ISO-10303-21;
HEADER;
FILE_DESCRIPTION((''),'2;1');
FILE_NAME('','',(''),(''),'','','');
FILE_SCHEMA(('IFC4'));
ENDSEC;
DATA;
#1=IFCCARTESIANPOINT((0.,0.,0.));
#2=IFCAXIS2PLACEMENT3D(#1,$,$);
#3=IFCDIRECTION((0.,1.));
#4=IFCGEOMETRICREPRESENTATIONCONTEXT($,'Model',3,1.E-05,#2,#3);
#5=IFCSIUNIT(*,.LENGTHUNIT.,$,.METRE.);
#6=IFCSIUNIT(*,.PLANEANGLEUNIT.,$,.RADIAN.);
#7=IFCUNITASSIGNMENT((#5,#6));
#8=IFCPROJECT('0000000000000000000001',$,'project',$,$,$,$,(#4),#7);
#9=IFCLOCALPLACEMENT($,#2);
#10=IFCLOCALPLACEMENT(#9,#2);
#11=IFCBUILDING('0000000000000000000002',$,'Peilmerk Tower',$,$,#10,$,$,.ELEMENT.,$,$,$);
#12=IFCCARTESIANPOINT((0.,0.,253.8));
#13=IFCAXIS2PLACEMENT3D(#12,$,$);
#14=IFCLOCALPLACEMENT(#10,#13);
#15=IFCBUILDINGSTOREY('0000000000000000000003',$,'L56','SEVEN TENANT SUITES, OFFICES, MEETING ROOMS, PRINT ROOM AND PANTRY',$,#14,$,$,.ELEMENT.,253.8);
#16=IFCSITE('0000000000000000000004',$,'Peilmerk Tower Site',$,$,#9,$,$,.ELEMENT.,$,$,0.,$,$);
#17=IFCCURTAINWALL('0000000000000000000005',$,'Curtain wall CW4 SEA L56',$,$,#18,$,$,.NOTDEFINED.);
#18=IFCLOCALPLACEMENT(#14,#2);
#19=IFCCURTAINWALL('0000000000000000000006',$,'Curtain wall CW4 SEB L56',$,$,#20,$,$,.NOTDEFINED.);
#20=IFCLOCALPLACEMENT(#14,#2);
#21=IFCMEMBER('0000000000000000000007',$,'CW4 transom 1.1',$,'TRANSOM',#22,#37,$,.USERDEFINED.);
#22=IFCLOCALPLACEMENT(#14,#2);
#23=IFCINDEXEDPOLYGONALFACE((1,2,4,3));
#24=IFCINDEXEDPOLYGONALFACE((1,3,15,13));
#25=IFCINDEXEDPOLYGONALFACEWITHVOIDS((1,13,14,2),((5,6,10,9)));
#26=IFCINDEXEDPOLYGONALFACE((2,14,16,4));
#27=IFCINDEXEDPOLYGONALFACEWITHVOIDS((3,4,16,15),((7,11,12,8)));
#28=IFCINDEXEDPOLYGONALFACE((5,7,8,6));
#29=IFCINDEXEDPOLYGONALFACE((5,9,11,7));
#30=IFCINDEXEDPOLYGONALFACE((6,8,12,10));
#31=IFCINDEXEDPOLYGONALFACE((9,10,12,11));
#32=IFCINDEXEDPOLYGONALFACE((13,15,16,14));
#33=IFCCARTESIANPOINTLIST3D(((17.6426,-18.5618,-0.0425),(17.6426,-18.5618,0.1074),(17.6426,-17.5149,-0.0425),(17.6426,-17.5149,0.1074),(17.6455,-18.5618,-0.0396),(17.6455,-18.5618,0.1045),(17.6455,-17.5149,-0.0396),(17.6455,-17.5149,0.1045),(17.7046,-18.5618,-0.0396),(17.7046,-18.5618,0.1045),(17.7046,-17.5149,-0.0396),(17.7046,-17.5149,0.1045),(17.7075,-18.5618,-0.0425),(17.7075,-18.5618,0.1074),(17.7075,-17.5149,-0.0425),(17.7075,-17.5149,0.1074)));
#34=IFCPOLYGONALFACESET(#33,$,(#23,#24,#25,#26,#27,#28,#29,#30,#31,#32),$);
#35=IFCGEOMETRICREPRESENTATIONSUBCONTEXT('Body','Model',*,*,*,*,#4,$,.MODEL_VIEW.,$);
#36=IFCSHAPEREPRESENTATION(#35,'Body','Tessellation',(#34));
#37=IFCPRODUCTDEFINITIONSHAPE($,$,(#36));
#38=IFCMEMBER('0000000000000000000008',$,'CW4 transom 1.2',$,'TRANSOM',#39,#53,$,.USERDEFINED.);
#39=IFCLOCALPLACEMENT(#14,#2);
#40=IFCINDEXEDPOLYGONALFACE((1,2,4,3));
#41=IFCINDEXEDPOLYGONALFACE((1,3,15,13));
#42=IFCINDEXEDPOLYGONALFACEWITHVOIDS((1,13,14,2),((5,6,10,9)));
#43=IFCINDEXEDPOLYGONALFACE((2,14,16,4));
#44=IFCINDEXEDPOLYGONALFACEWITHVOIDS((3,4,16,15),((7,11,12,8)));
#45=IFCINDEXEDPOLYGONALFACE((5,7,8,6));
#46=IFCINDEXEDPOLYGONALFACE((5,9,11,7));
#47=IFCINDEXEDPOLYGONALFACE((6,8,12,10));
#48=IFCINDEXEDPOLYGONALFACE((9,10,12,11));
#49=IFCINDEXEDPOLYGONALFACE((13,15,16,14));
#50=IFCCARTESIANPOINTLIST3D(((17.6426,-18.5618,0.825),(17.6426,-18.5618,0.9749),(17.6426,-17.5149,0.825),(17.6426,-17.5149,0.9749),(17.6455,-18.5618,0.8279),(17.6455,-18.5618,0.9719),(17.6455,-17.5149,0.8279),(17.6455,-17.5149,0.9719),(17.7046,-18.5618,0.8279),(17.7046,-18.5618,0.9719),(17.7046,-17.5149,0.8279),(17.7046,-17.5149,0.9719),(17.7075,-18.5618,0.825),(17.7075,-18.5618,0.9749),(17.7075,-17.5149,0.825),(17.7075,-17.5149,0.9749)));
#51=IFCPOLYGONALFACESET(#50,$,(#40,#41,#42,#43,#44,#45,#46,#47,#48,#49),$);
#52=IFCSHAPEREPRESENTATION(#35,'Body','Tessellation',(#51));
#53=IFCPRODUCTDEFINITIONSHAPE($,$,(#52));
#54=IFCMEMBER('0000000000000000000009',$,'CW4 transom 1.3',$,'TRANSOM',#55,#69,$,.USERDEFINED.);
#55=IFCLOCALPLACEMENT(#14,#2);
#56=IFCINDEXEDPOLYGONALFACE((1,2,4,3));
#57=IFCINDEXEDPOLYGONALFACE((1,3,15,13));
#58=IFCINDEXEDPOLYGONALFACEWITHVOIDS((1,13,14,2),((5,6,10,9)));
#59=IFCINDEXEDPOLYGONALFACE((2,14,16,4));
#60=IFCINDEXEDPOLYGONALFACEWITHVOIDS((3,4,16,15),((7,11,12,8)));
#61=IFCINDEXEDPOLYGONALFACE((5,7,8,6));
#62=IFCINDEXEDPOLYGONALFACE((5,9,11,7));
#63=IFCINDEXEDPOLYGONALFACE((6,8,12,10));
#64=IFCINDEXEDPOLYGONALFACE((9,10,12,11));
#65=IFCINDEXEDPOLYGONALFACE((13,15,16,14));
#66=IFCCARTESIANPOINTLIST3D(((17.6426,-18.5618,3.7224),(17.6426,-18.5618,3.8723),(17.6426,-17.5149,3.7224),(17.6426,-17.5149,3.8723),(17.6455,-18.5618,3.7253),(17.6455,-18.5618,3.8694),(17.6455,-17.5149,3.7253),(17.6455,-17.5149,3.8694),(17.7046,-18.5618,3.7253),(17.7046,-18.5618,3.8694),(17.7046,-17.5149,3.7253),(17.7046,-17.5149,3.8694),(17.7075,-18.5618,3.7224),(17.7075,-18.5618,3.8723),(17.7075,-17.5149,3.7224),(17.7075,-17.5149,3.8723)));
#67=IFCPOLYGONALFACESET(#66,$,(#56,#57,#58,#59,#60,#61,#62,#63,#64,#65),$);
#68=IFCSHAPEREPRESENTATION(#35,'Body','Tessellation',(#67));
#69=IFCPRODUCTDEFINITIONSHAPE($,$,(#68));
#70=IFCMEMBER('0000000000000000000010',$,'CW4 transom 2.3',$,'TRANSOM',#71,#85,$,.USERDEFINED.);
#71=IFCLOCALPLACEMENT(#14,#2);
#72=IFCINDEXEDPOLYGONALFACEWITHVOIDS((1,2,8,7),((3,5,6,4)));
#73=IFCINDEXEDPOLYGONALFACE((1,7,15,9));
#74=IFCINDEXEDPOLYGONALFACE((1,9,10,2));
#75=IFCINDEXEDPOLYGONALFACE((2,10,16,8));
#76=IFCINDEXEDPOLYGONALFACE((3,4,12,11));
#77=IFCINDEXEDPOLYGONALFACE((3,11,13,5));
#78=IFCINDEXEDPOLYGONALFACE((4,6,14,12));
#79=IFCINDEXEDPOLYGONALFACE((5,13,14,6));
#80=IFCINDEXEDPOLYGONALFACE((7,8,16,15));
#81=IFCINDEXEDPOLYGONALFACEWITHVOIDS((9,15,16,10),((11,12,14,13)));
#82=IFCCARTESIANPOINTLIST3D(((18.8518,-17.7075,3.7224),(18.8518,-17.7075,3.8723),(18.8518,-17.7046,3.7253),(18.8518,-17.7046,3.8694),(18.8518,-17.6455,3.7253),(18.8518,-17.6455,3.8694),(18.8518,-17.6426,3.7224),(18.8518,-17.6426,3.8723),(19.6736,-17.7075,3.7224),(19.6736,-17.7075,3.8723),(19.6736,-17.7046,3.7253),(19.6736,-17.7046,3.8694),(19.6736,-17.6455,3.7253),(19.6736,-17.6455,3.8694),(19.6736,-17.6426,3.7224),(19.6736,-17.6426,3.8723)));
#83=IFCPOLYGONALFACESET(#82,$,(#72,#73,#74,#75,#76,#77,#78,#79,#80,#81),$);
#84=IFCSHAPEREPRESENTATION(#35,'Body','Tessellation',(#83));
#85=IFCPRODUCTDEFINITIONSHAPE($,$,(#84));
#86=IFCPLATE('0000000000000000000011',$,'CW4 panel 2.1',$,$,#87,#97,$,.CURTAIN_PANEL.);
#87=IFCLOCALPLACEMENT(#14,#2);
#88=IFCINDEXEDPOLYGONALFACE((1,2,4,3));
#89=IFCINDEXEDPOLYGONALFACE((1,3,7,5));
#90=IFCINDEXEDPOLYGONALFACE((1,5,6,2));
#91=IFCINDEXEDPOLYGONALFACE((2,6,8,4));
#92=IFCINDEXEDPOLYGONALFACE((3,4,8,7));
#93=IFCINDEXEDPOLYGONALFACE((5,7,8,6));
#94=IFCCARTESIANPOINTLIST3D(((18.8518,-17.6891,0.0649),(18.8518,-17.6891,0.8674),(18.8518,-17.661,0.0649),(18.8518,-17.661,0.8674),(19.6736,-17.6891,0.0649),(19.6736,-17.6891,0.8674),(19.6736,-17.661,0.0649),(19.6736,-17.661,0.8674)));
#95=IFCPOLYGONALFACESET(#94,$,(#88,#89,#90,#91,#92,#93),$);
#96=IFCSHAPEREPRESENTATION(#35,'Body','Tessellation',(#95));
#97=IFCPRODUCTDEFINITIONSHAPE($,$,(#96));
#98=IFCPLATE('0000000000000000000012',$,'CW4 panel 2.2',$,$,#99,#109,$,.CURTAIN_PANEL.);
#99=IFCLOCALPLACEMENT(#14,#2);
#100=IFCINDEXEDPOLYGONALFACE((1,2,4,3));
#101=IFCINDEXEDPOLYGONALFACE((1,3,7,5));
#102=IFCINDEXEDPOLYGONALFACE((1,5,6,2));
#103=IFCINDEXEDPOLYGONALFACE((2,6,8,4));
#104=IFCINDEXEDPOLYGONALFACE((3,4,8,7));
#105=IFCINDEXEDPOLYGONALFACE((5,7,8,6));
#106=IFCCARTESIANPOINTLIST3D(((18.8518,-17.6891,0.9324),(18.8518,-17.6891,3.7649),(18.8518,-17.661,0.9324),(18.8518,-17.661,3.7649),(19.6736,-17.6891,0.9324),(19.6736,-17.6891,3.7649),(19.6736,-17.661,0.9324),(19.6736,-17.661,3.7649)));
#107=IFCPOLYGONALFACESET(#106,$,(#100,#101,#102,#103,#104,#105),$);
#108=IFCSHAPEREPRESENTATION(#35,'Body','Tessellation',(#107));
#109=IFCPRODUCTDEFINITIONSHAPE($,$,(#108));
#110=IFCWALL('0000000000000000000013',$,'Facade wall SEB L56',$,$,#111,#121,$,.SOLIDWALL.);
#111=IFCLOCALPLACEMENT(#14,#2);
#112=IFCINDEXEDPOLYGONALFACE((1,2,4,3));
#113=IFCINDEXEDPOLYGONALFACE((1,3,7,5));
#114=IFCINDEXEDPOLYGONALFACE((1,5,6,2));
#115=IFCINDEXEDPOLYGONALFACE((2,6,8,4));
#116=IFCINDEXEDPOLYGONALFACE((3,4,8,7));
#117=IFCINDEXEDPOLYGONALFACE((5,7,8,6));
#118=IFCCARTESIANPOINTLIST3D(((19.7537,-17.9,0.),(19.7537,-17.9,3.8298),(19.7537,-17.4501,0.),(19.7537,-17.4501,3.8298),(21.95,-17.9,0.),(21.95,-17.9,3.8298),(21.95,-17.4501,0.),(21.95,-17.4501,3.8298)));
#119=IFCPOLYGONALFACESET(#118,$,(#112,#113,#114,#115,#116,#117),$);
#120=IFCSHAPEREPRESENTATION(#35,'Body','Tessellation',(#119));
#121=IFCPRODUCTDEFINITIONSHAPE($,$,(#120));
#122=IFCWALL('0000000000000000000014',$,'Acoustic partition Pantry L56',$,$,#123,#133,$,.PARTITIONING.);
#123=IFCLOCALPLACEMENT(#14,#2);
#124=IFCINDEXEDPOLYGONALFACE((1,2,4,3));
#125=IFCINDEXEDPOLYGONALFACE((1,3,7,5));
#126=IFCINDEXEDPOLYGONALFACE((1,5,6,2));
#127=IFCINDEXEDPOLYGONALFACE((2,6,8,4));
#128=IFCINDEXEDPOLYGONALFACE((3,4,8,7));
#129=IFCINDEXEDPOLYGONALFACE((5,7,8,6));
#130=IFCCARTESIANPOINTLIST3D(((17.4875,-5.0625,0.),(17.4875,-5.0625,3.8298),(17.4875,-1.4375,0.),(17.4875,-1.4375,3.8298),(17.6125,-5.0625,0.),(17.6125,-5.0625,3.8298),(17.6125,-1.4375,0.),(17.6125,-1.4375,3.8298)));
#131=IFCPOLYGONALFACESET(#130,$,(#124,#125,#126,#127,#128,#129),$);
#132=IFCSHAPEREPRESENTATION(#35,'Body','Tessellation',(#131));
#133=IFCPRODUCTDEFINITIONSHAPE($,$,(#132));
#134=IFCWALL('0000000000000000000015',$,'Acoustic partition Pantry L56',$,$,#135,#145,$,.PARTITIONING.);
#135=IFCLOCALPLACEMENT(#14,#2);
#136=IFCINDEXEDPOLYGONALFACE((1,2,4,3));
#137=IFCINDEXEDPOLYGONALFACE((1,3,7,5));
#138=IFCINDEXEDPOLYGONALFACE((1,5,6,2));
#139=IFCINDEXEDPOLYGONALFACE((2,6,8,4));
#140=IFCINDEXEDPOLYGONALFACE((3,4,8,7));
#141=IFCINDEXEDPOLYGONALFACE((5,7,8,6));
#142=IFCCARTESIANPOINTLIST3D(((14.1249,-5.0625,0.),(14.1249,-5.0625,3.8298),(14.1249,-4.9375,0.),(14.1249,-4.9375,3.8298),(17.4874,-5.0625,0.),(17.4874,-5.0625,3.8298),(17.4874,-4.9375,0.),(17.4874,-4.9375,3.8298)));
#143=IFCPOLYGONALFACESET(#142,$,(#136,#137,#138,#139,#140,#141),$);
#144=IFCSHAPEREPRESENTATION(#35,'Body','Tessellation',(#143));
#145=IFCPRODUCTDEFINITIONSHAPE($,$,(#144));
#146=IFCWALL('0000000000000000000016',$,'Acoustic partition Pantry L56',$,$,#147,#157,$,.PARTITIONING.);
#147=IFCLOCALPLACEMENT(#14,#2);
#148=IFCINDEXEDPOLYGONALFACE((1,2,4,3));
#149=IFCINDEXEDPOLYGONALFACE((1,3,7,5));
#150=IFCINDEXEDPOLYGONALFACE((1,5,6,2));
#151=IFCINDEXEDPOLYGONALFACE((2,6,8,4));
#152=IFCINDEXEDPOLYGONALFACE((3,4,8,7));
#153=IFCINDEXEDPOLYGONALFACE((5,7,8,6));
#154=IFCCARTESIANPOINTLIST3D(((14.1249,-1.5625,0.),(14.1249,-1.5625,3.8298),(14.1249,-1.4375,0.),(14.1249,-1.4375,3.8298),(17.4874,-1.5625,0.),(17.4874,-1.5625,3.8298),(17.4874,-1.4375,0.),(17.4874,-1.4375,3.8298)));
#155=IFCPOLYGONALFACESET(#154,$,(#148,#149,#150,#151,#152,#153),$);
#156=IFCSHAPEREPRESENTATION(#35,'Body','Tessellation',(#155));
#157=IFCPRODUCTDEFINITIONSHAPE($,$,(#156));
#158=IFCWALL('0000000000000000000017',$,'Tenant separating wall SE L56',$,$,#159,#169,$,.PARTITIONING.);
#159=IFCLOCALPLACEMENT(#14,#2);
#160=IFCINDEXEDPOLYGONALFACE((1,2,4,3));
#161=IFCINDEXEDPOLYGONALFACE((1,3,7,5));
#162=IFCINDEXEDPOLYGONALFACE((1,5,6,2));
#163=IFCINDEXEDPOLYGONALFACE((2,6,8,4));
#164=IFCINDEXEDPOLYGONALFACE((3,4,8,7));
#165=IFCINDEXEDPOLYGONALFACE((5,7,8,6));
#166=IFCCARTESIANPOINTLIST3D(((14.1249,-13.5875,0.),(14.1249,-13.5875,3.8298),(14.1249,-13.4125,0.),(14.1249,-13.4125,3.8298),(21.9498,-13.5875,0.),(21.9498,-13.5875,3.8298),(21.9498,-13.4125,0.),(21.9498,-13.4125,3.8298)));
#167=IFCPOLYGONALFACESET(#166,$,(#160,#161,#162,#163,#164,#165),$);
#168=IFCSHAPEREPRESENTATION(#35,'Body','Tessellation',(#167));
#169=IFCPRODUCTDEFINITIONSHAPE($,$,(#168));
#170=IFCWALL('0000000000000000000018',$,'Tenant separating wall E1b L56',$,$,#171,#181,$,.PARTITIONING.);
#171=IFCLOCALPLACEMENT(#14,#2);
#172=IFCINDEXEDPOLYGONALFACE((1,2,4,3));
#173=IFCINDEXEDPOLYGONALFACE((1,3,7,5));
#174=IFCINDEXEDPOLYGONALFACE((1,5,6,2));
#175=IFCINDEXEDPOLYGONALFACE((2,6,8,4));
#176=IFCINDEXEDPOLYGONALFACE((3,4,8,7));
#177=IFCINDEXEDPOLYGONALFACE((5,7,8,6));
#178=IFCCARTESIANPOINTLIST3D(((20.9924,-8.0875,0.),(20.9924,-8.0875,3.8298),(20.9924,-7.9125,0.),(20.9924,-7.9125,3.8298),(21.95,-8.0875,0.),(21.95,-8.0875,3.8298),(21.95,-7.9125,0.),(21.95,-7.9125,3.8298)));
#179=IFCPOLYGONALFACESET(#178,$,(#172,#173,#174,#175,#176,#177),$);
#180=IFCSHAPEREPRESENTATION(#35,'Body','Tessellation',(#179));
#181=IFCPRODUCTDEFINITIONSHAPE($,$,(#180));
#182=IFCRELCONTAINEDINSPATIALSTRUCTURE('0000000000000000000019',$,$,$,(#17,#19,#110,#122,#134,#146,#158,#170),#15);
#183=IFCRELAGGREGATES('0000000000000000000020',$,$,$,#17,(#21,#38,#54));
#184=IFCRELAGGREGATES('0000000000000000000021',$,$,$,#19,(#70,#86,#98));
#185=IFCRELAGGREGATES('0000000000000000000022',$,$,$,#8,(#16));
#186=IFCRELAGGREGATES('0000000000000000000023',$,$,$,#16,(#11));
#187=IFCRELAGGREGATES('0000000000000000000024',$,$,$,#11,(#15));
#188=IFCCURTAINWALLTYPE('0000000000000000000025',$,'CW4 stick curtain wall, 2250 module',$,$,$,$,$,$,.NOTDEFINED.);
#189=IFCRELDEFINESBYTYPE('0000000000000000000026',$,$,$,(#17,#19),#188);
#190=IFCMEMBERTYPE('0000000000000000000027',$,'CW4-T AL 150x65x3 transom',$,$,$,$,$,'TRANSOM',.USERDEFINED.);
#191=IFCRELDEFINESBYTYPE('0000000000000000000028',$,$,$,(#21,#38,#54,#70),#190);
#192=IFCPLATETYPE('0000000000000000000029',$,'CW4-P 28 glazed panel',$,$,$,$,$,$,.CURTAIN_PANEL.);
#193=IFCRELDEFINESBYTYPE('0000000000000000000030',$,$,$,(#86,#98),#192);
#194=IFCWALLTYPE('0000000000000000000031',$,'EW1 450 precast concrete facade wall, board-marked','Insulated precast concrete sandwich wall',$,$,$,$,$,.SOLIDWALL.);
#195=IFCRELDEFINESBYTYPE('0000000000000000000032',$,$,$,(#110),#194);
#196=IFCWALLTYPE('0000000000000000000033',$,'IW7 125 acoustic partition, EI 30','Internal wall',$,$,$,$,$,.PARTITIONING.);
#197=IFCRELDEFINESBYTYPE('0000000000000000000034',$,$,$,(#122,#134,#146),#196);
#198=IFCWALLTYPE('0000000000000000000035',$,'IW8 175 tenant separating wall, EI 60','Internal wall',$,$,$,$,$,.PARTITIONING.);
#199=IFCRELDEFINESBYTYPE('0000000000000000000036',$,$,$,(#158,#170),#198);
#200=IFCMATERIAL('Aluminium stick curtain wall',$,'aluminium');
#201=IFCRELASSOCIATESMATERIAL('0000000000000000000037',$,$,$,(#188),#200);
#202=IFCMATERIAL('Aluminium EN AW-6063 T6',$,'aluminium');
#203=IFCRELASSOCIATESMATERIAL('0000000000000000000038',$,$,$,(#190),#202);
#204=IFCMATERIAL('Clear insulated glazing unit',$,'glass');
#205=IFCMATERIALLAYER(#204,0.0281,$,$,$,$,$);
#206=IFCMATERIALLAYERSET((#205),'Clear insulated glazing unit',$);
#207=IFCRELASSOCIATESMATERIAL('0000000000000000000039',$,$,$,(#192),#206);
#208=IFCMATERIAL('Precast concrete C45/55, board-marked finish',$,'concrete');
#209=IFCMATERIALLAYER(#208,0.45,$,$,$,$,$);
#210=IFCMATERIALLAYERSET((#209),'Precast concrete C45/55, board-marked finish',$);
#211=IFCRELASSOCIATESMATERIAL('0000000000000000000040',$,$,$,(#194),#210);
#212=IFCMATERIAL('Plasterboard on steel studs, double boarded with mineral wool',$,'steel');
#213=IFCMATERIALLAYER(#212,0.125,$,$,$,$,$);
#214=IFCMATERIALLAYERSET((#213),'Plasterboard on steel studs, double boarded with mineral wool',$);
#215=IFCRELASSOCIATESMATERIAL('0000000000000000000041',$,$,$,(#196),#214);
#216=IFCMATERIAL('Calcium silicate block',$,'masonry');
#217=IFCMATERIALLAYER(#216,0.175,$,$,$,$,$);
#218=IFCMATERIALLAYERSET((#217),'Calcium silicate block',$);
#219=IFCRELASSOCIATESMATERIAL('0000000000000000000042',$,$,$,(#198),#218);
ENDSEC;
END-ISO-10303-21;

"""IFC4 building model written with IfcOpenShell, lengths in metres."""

from ifc_helpers import new_model, si_unit, direction, frame, frame_2d, origin, origin_2d, place, context, subcontext, project, spatial, rectangle, hollow_rectangle, extrude, material, layer, layer_set, material_profile, profile_set, type_object, element, aggregate, save


model = new_model("IFC4")

# Units and contexts
model_context = context("Model", 3, precision=1e-05, world=origin(), true_north=direction((0.0, 1.0)))
body_context = subcontext(model_context, "Body", "Model", "MODEL_VIEW")
ifc_project = project(units=[si_unit("LENGTHUNIT", "METRE"), si_unit("PLANEANGLEUNIT", "RADIAN")], contexts=[model_context])

# Site, building, storey
site_placement = place(None, origin())
site = spatial("IfcSite", under=ifc_project, at=site_placement, Name="Peilmerk Tower Site", CompositionType="ELEMENT", RefElevation=0.0)
building_placement = place(site_placement, origin())
building = spatial("IfcBuilding", under=site, at=building_placement, Name="Peilmerk Tower", CompositionType="ELEMENT")
storey_placement = place(building_placement, frame((0.0, 0.0, 253.8)))
storey = spatial("IfcBuildingStorey", under=building, at=storey_placement, Name="L56", Description="SEVEN TENANT SUITES, OFFICES, MEETING ROOMS, PRINT ROOM AND PANTRY", CompositionType="ELEMENT", Elevation=253.8)

# Curtain walls
ifc_material_1 = material(Name="Aluminium stick curtain wall", Category="aluminium")
curtain_wall_type = type_object("IfcCurtainWallType", Name="CW4 stick curtain wall, 2250 module", PredefinedType="NOTDEFINED", material=ifc_material_1)
curtain_wall_1_placement = place(storey_placement, origin())
curtain_wall_1 = element("IfcCurtainWall", 1, at=curtain_wall_1_placement, inside=storey, type_object=curtain_wall_type, Name="Curtain wall CW4 SEA L56", PredefinedType="NOTDEFINED")
ifc_material_2 = material(Name="Aluminium EN AW-6063 T6", Category="aluminium")
curtain_wall_2_placement = place(storey_placement, origin())
curtain_wall_2 = element("IfcCurtainWall", 2, at=curtain_wall_2_placement, inside=storey, type_object=curtain_wall_type, Name="Curtain wall CW4 SEB L56", PredefinedType="NOTDEFINED")

# Members
ifc_material_profile_1 = material_profile(ifc_material_2, hollow_rectangle(XDim=0.0649, YDim=0.1499, WallThickness=0.0029, at=origin_2d()), Name="AL 150x65x3")
ifc_profile_set_1 = profile_set([ifc_material_profile_1], Name="Aluminium EN AW-6063 T6")
member_type_1 = type_object("IfcMemberType", Name="CW4-T AL 150x65x3 transom", ElementType="TRANSOM", PredefinedType="USERDEFINED", material=ifc_profile_set_1)
member_1_placement = place(storey_placement, frame((17.675, -17.5149, 0.0325), z_axis=(0.0, -1.0, 0.0), x_axis=(1.0, 0.0, 0.0)))
member_1 = element("IfcMember", 3, at=member_1_placement, type_object=member_type_1, Name="CW4 transom 1.1", ObjectType="TRANSOM", PredefinedType="USERDEFINED", context=body_context, shape_type="SweptSolid", body=[
    extrude(hollow_rectangle(XDim=0.0649, YDim=0.1499, WallThickness=0.0029, at=origin_2d()), origin(), (0.0, 0.0, 1.0), 1.0469),
])
member_2_placement = place(storey_placement, frame((17.675, -17.5149, 0.8999), z_axis=(0.0, -1.0, 0.0), x_axis=(1.0, 0.0, 0.0)))
member_2 = element("IfcMember", 4, at=member_2_placement, type_object=member_type_1, Name="CW4 transom 1.2", ObjectType="TRANSOM", PredefinedType="USERDEFINED", context=body_context, shape_type="SweptSolid", body=[
    extrude(hollow_rectangle(XDim=0.0649, YDim=0.1499, WallThickness=0.0029, at=origin_2d()), origin(), (0.0, 0.0, 1.0), 1.0469),
])
member_3_placement = place(storey_placement, frame((17.675, -17.5149, 3.7974), z_axis=(0.0, -1.0, 0.0), x_axis=(1.0, 0.0, 0.0)))
member_3 = element("IfcMember", 5, at=member_3_placement, type_object=member_type_1, Name="CW4 transom 1.3", ObjectType="TRANSOM", PredefinedType="USERDEFINED", context=body_context, shape_type="SweptSolid", body=[
    extrude(hollow_rectangle(XDim=0.0649, YDim=0.1499, WallThickness=0.0029, at=origin_2d()), origin(), (0.0, 0.0, 1.0), 1.0469),
])
aggregate(curtain_wall_1, [member_1, member_2, member_3])
member_4_placement = place(storey_placement, frame((18.8518, -17.675, 3.7974), z_axis=(1.0, 0.0, 0.0), x_axis=(0.0, 1.0, 0.0)))
member_4 = element("IfcMember", 6, at=member_4_placement, type_object=member_type_1, Name="CW4 transom 2.3", ObjectType="TRANSOM", PredefinedType="USERDEFINED", context=body_context, shape_type="SweptSolid", body=[
    extrude(hollow_rectangle(XDim=0.0649, YDim=0.1499, WallThickness=0.0029, at=origin_2d()), origin(), (0.0, 0.0, 1.0), 0.8218),
])

# Plates
ifc_material_3 = material(Name="Clear insulated glazing unit", Category="glass")
ifc_layer_1 = layer(ifc_material_3, 0.0281)
ifc_layer_set_1 = layer_set([ifc_layer_1], Name="Clear insulated glazing unit")
plate_type = type_object("IfcPlateType", Name="CW4-P 28 glazed panel", PredefinedType="CURTAIN_PANEL", material=ifc_layer_set_1)
plate_1_placement = place(storey_placement, frame((19.2627, -17.675, 0.0649), z_axis=(0.0, 0.0, 1.0), x_axis=(1.0, 0.0, 0.0)))
plate_1 = element("IfcPlate", 7, at=plate_1_placement, type_object=plate_type, Name="CW4 panel 2.1", PredefinedType="CURTAIN_PANEL", context=body_context, shape_type="SweptSolid", body=[
    extrude(rectangle(XDim=0.8218, YDim=0.0281, at=origin_2d()), origin(), (0.0, 0.0, 1.0), 0.8025),
])
plate_2_placement = place(storey_placement, frame((19.2627, -17.675, 0.9324), z_axis=(0.0, 0.0, 1.0), x_axis=(1.0, 0.0, 0.0)))
plate_2 = element("IfcPlate", 8, at=plate_2_placement, type_object=plate_type, Name="CW4 panel 2.2", PredefinedType="CURTAIN_PANEL", context=body_context, shape_type="SweptSolid", body=[
    extrude(rectangle(XDim=0.8218, YDim=0.0281, at=origin_2d()), origin(), (0.0, 0.0, 1.0), 2.8325),
])
aggregate(curtain_wall_2, [member_4, plate_1, plate_2])

# Walls
ifc_material_4 = material(Name="Precast concrete C45/55, board-marked finish", Category="concrete")
ifc_layer_2 = layer(ifc_material_4, 0.45)
ifc_layer_set_2 = layer_set([ifc_layer_2], Name="Precast concrete C45/55, board-marked finish")
wall_type_1 = type_object("IfcWallType", Name="EW1 450 precast concrete facade wall, board-marked", Description="Insulated precast concrete sandwich wall", PredefinedType="SOLIDWALL", material=ifc_layer_set_2)
wall_1_placement = place(storey_placement, frame((19.7537, -17.675, 0.0), z_axis=(0.0, 0.0, 1.0), x_axis=(1.0, 0.0, 0.0)))
element("IfcWall", 9, at=wall_1_placement, inside=storey, type_object=wall_type_1, Name="Facade wall SEB L56", PredefinedType="SOLIDWALL", context=body_context, shape_type="SweptSolid", body=[
    extrude(rectangle(XDim=2.1963, YDim=0.45, at=frame_2d((1.0981, 0.0))), origin(), (0.0, 0.0, 1.0), 3.8298),
])
ifc_material_5 = material(Name="Plasterboard on steel studs, double boarded with mineral wool", Category="steel")
ifc_layer_3 = layer(ifc_material_5, 0.125)
ifc_layer_set_3 = layer_set([ifc_layer_3], Name="Plasterboard on steel studs, double boarded with mineral wool")
wall_type_2 = type_object("IfcWallType", Name="IW7 125 acoustic partition, EI 30", Description="Internal wall", PredefinedType="PARTITIONING", material=ifc_layer_set_3)
wall_2_placement = place(storey_placement, frame((17.55, -5.0625, 0.0), z_axis=(0.0, 0.0, 1.0), x_axis=(0.0, 1.0, 0.0)))
element("IfcWall", 10, at=wall_2_placement, inside=storey, type_object=wall_type_2, Name="Acoustic partition Pantry L56", PredefinedType="PARTITIONING", context=body_context, shape_type="SweptSolid", body=[
    extrude(rectangle(XDim=3.625, YDim=0.125, at=frame_2d((1.8125, 0.0))), origin(), (0.0, 0.0, 1.0), 3.8298),
])
for number, where, z_axis, x_axis, name in (
    (11, (14.125, -5.0, 0.0), (0.0, 0.0, 1.0), (1.0, 0.0, 0.0), "Acoustic partition Pantry L56"),
    (12, (14.125, -1.5, 0.0), (0.0, 0.0, 1.0), (1.0, 0.0, 0.0), "Acoustic partition Pantry L56"),
):
    element("IfcWall", number, at=place(storey_placement, frame(where, z_axis=z_axis, x_axis=x_axis)), inside=storey, type_object=wall_type_2, Name=name, PredefinedType="PARTITIONING", context=body_context, shape_type="SweptSolid", body=[
        extrude(rectangle(XDim=3.3625, YDim=0.125, at=frame_2d((1.6812, 0.0))), origin(), (0.0, 0.0, 1.0), 3.8298),
    ])
ifc_material_6 = material(Name="Calcium silicate block", Category="masonry")
ifc_layer_4 = layer(ifc_material_6, 0.175)
ifc_layer_set_4 = layer_set([ifc_layer_4], Name="Calcium silicate block")
wall_type_3 = type_object("IfcWallType", Name="IW8 175 tenant separating wall, EI 60", Description="Internal wall", PredefinedType="PARTITIONING", material=ifc_layer_set_4)
wall_3_placement = place(storey_placement, frame((21.95, -13.5, 0.0), z_axis=(0.0, 0.0, 1.0), x_axis=(-1.0, 0.0, 0.0)))
element("IfcWall", 13, at=wall_3_placement, inside=storey, type_object=wall_type_3, Name="Tenant separating wall SE L56", PredefinedType="PARTITIONING", context=body_context, shape_type="SweptSolid", body=[
    extrude(rectangle(XDim=7.825, YDim=0.175, at=frame_2d((3.9126, 0.0))), origin(), (0.0, 0.0, 1.0), 3.8298),
])
wall_4_placement = place(storey_placement, frame((20.9924, -8.0, 0.0), z_axis=(0.0, 0.0, 1.0), x_axis=(1.0, 0.0, 0.0)))
element("IfcWall", 14, at=wall_4_placement, inside=storey, type_object=wall_type_3, Name="Tenant separating wall E1b L56", PredefinedType="PARTITIONING", context=body_context, shape_type="SweptSolid", body=[
    extrude(rectangle(XDim=0.9575, YDim=0.175, at=frame_2d((0.4788, 0.0))), origin(), (0.0, 0.0, 1.0), 3.8298),
])

save(model, "model.ifc")
